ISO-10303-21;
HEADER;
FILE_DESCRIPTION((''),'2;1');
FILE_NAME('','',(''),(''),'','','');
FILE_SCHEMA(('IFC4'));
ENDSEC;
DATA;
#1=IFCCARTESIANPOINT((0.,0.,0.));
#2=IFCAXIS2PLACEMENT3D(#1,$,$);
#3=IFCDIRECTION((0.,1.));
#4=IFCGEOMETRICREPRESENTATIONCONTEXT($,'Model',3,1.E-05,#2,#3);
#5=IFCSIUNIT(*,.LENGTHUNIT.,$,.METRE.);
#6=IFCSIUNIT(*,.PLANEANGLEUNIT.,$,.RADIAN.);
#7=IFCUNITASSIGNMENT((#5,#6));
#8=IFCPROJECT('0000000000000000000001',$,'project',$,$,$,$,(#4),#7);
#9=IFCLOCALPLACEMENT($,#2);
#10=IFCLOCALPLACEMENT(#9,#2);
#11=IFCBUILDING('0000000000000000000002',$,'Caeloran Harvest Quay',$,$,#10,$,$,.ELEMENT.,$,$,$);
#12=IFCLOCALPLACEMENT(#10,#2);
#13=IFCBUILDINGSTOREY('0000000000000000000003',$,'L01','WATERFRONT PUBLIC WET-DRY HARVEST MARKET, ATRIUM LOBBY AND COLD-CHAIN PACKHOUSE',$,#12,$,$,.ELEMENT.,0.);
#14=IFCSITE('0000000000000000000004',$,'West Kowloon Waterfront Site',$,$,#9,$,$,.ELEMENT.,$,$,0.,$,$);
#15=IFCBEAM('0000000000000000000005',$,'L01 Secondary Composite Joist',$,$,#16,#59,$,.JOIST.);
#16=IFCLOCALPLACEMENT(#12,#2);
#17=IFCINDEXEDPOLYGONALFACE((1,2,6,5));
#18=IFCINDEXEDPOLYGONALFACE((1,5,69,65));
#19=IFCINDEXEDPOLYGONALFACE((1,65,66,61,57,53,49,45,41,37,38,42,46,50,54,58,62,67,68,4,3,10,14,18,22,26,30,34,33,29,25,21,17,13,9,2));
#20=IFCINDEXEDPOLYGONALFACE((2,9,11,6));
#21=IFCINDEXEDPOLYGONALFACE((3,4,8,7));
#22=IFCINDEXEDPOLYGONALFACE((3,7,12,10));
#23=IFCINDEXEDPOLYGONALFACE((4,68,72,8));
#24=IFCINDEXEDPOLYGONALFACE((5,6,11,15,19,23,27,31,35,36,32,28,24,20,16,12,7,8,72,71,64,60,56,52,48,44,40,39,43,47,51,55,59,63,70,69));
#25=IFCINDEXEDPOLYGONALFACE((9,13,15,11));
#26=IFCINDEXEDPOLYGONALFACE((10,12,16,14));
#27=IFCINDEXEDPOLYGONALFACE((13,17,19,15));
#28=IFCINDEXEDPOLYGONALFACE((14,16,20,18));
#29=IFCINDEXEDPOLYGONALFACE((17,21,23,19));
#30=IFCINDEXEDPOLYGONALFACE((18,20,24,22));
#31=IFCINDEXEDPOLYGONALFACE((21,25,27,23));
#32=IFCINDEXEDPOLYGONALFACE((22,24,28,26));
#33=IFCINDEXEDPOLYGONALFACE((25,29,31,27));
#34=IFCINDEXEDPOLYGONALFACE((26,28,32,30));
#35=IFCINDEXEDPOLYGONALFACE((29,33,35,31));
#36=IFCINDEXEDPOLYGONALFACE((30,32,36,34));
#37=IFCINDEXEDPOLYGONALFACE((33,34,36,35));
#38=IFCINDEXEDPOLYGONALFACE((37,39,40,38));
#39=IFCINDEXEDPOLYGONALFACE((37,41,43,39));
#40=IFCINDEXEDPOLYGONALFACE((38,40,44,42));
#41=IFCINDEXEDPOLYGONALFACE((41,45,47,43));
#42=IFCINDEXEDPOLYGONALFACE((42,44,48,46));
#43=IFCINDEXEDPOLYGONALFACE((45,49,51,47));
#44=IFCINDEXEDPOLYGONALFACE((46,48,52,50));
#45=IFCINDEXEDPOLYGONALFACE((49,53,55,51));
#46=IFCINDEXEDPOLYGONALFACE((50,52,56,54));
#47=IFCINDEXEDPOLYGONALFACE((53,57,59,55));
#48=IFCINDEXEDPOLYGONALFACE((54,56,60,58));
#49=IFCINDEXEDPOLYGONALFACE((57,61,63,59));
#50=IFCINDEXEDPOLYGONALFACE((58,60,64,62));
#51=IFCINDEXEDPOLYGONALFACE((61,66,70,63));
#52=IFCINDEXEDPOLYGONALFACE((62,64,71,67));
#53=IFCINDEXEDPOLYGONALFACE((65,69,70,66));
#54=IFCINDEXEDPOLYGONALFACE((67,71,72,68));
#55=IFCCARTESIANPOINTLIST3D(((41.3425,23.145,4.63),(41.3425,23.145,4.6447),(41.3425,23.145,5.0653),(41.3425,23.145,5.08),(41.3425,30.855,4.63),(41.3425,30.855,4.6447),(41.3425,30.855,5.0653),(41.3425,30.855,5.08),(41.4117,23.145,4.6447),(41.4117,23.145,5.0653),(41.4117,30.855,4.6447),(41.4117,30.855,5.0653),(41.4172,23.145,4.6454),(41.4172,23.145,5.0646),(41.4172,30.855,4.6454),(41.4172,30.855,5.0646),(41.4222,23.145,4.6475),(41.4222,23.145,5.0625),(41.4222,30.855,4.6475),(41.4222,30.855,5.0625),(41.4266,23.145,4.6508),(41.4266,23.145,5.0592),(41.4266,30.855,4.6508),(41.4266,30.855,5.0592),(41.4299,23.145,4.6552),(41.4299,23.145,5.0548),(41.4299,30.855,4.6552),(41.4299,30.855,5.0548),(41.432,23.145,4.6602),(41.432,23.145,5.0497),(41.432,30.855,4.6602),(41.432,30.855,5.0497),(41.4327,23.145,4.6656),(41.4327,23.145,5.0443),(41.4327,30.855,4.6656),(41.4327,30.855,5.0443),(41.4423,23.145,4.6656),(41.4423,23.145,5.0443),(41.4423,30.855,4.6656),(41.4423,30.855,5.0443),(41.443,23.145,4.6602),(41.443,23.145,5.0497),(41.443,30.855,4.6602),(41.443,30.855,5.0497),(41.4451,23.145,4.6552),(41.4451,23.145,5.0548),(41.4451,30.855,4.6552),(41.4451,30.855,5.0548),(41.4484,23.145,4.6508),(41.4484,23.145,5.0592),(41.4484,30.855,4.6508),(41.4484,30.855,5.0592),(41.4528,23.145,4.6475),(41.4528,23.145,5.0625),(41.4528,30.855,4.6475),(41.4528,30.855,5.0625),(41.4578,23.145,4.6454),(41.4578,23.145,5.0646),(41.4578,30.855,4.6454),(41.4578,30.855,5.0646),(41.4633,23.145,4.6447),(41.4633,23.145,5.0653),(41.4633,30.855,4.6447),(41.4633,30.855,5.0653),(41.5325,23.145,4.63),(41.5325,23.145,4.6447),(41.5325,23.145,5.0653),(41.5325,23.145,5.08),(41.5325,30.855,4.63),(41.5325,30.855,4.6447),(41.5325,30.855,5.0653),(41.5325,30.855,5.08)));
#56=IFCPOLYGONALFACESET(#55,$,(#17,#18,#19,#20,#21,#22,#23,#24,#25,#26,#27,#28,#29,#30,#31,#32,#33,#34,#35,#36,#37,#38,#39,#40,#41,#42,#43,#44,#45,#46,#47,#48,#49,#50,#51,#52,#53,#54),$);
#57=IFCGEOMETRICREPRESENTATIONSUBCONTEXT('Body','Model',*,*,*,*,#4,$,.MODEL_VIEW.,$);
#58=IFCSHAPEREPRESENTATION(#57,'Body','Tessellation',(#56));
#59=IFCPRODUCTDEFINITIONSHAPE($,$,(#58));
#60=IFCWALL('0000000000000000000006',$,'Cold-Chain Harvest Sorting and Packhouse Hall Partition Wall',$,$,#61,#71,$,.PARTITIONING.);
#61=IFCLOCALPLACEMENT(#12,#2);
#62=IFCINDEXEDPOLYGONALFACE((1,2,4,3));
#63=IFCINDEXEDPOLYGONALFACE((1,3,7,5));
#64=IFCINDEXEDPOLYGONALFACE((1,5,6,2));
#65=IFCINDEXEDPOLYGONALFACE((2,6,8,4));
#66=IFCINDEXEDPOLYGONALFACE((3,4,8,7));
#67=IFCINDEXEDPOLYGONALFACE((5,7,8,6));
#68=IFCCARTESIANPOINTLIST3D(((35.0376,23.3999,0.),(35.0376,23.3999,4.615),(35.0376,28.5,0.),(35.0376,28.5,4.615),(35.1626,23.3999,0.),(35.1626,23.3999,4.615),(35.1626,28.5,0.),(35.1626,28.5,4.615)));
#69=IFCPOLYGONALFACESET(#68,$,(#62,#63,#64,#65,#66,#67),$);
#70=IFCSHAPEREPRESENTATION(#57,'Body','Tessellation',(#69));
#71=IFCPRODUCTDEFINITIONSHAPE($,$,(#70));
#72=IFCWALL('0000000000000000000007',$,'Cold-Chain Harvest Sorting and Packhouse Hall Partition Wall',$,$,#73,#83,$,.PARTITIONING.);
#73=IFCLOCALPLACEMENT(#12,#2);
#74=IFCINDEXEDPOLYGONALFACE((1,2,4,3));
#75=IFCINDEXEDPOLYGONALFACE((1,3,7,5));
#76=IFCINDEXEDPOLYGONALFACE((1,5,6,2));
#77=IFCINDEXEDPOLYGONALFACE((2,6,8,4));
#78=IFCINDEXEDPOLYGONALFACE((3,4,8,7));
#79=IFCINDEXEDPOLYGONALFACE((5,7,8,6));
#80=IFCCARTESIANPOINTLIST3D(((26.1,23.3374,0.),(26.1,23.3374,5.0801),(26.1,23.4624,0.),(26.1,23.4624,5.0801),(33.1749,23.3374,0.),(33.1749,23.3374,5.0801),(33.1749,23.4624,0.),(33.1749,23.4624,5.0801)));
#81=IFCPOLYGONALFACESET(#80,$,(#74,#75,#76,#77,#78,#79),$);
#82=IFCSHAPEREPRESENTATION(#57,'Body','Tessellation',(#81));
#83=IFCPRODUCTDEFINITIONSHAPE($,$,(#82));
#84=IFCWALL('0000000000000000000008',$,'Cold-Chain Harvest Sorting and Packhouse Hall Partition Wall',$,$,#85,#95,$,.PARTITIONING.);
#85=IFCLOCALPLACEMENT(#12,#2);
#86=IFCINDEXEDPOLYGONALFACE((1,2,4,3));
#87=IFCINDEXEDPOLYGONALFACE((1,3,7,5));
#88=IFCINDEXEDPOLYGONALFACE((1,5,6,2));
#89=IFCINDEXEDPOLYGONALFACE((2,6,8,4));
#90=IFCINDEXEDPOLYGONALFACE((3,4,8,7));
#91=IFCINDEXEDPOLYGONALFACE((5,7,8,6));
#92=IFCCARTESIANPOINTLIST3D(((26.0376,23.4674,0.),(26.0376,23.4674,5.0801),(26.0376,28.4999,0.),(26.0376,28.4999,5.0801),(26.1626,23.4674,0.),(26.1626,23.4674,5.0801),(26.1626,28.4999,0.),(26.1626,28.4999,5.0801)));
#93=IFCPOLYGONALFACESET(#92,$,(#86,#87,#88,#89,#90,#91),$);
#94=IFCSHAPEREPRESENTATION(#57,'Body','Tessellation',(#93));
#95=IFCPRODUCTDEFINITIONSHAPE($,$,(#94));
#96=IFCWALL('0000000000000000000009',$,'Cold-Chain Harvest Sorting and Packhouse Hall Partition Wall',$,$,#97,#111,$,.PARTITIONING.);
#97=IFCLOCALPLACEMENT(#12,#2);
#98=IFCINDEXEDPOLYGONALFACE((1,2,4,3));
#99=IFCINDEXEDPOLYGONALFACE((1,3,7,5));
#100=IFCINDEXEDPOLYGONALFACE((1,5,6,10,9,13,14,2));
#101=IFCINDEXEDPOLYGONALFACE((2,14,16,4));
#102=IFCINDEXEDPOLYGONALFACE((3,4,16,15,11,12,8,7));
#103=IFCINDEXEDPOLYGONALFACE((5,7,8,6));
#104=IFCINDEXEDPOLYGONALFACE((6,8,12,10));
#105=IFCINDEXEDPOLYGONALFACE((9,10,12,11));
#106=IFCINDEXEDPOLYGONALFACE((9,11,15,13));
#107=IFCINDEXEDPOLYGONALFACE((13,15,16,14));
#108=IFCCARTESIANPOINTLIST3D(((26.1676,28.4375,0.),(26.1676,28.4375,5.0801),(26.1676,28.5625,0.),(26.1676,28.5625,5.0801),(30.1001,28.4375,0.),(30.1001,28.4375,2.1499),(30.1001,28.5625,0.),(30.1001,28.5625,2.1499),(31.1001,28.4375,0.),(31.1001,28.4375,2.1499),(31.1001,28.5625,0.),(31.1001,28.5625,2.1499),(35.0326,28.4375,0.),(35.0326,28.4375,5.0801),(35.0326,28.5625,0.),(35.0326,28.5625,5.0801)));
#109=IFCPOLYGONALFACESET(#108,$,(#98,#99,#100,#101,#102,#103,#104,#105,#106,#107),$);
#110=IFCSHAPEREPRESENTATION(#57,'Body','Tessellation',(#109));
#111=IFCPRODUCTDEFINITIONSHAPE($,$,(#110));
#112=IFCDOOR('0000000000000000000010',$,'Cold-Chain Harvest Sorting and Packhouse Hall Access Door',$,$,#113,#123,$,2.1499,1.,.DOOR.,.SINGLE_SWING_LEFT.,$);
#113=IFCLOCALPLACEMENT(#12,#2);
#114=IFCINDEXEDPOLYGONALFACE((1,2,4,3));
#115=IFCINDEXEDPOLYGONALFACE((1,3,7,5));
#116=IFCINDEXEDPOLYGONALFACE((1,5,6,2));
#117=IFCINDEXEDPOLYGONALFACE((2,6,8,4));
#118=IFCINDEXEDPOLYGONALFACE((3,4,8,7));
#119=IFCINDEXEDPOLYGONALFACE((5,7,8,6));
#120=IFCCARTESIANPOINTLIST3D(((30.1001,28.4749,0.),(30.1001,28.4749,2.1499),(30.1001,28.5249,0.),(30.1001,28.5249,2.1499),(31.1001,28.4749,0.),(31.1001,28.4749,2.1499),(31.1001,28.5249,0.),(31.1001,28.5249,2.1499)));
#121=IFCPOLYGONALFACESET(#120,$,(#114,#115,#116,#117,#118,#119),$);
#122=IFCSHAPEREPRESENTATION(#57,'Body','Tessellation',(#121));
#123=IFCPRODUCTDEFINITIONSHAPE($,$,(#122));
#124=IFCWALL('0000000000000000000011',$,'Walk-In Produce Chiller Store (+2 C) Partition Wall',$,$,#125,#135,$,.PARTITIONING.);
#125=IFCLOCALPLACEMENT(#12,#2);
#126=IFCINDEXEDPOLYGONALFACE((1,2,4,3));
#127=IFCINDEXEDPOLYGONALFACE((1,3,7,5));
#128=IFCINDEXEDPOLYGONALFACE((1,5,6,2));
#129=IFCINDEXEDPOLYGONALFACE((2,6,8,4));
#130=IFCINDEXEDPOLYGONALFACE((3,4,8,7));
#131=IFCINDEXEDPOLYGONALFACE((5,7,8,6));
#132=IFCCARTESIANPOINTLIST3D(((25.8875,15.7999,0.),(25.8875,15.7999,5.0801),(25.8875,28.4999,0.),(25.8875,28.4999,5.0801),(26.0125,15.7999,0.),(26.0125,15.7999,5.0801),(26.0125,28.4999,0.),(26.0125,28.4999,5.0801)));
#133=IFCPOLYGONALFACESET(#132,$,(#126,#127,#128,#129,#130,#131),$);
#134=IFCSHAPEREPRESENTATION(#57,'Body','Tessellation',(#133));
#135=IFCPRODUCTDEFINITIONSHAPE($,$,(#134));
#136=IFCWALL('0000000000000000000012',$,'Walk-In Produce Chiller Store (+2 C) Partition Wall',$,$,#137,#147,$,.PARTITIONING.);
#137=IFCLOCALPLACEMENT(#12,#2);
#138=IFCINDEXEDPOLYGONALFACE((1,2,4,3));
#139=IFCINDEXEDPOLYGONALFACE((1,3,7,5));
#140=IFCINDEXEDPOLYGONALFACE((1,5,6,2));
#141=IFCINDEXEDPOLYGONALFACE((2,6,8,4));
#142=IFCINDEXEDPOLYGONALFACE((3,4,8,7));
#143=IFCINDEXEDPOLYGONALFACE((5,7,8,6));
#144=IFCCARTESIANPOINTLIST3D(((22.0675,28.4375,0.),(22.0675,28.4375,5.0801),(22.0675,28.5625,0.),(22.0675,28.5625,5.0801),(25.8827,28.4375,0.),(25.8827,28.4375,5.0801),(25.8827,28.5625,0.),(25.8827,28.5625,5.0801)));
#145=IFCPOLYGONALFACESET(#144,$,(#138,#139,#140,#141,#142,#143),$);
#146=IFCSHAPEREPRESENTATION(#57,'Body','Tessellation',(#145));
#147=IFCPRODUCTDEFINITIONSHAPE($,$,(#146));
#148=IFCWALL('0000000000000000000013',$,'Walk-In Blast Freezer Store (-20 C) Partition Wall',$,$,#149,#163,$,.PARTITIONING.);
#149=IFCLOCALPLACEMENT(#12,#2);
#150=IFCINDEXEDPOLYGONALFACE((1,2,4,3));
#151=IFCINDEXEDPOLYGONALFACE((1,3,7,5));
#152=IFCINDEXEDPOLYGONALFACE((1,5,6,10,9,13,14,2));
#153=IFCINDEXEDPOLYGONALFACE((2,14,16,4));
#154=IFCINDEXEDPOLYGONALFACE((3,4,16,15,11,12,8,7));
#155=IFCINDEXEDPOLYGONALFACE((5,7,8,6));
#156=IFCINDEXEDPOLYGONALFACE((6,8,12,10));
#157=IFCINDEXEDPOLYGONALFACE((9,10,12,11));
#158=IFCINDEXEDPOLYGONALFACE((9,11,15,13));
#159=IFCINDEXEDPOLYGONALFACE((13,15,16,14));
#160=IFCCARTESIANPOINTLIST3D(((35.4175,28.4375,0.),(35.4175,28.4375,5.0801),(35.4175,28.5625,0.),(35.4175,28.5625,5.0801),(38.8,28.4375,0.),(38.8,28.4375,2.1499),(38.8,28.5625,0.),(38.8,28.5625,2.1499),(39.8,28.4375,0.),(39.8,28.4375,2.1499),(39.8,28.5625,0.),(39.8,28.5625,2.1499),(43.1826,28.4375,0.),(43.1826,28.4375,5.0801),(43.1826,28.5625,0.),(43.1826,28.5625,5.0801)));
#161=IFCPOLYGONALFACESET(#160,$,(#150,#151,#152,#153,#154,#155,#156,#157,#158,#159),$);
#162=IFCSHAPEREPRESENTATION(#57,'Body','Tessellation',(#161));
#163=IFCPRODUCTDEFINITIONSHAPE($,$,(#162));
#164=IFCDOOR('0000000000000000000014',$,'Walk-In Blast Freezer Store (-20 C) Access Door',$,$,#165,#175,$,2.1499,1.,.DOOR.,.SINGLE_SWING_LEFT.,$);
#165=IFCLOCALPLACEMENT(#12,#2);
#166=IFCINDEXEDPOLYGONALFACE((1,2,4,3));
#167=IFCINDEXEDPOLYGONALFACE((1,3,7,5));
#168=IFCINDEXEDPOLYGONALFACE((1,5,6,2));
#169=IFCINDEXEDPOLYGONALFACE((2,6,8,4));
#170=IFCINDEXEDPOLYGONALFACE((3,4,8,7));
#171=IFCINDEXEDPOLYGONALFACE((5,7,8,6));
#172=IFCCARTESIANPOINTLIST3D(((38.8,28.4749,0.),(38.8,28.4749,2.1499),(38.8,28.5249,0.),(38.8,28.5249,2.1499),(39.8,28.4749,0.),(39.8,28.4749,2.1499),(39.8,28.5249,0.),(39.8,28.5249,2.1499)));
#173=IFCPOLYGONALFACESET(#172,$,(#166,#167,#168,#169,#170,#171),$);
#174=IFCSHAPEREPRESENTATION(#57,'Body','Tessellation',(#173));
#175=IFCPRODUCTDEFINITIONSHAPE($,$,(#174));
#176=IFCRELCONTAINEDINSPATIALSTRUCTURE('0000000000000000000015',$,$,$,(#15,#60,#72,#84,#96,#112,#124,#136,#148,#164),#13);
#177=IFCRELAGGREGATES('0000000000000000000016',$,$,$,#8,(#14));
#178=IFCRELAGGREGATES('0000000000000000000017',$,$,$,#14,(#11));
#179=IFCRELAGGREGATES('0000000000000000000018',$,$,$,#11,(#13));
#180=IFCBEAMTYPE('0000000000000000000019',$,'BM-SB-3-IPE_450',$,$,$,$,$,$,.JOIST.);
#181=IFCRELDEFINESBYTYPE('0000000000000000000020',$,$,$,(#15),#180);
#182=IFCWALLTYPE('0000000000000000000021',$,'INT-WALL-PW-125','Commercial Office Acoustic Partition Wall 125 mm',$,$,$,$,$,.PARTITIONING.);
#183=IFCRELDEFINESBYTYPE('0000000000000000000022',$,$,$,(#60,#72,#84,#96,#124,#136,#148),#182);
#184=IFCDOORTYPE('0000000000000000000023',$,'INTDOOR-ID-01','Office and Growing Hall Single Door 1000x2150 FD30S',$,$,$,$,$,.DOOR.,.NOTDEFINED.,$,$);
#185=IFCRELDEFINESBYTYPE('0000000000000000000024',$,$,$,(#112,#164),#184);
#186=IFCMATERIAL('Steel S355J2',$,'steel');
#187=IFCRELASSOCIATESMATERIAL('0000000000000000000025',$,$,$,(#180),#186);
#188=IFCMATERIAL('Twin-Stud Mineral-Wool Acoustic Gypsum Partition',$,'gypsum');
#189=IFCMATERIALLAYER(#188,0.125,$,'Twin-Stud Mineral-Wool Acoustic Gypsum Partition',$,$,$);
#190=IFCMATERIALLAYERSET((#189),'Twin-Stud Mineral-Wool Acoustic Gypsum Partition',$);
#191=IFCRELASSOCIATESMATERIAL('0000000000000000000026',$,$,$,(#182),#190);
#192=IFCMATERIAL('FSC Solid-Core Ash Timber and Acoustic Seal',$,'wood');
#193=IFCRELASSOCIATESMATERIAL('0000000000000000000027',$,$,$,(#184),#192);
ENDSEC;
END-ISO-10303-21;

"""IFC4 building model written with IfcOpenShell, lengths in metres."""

from ifc_helpers import new_model, si_unit, direction, frame, frame_2d, origin, origin_2d, place, context, subcontext, project, spatial, rectangle, i_section, extrude, material, layer, layer_set, material_profile, profile_set, type_object, element, fill, save


model = new_model("IFC4")

# Units and contexts
model_context = context("Model", 3, precision=1e-05, world=origin(), true_north=direction((0.0, 1.0)))
body_context = subcontext(model_context, "Body", "Model", "MODEL_VIEW")
ifc_project = project(units=[si_unit("LENGTHUNIT", "METRE"), si_unit("PLANEANGLEUNIT", "RADIAN")], contexts=[model_context])

# Site, building, storey
site_placement = place(None, origin())
site = spatial("IfcSite", under=ifc_project, at=site_placement, Name="West Kowloon Waterfront Site", CompositionType="ELEMENT", RefElevation=0.0)
building_placement = place(site_placement, origin())
building = spatial("IfcBuilding", under=site, at=building_placement, Name="Caeloran Harvest Quay", CompositionType="ELEMENT")
storey_placement = place(building_placement, origin())
storey = spatial("IfcBuildingStorey", under=building, at=storey_placement, Name="L01", Description="WATERFRONT PUBLIC WET-DRY HARVEST MARKET, ATRIUM LOBBY AND COLD-CHAIN PACKHOUSE", CompositionType="ELEMENT", Elevation=0.0)

# Beam
ifc_material_1 = material(Name="Steel S355J2", Category="steel")
ifc_material_profile_1 = material_profile(ifc_material_1, i_section(OverallWidth=0.1899, OverallDepth=0.45, WebThickness=0.0095, FlangeThickness=0.0146, FilletRadius=0.021, at=origin_2d()), Name="IPE 450")
ifc_profile_set_1 = profile_set([ifc_material_profile_1], Name="Steel S355J2")
beam_type_1 = type_object("IfcBeamType", Name="BM-SB-3-IPE_450", PredefinedType="JOIST", material=ifc_profile_set_1)
for number, where, z_axis, x_axis, name in (
    (1, (41.4375, 23.145, 4.855), (0.0, 1.0, 0.0), (-1.0, 0.0, 0.0), "L01 Secondary Composite Joist"),
):
    element("IfcBeam", number, at=place(storey_placement, frame(where, z_axis=z_axis, x_axis=x_axis)), inside=storey, type_object=beam_type_1, Name=name, PredefinedType="JOIST", context=body_context, shape_type="SweptSolid", body=[
        extrude(i_section(OverallWidth=0.1899, OverallDepth=0.45, WebThickness=0.0095, FlangeThickness=0.0146, FilletRadius=0.021, at=origin_2d()), origin(), (0.0, 0.0, 1.0), 7.71),
    ])

# Walls
ifc_material_2 = material(Name="Twin-Stud Mineral-Wool Acoustic Gypsum Partition", Category="gypsum")
ifc_layer = layer(ifc_material_2, 0.125, Name="Twin-Stud Mineral-Wool Acoustic Gypsum Partition")
ifc_layer_set = layer_set([ifc_layer], Name="Twin-Stud Mineral-Wool Acoustic Gypsum Partition")
wall_type = type_object("IfcWallType", Name="INT-WALL-PW-125", Description="Commercial Office Acoustic Partition Wall 125 mm", PredefinedType="PARTITIONING", material=ifc_layer_set)
wall_1_placement = place(storey_placement, frame((35.1001, 28.5, 0.0), z_axis=(0.0, 0.0, 1.0), x_axis=(0.0, -1.0, 0.0)))
element("IfcWall", 2, at=wall_1_placement, inside=storey, type_object=wall_type, Name="Cold-Chain Harvest Sorting and Packhouse Hall Partition Wall", PredefinedType="PARTITIONING", context=body_context, shape_type="SweptSolid", body=[
    extrude(rectangle(XDim=5.1001, YDim=0.125, at=frame_2d((2.55, 0.0))), origin(), (0.0, 0.0, 1.0), 4.615),
])
wall_2_placement = place(storey_placement, frame((33.175, 23.3999, 0.0), z_axis=(0.0, 0.0, 1.0), x_axis=(-1.0, 0.0, 0.0)))
element("IfcWall", 3, at=wall_2_placement, inside=storey, type_object=wall_type, Name="Cold-Chain Harvest Sorting and Packhouse Hall Partition Wall", PredefinedType="PARTITIONING", context=body_context, shape_type="SweptSolid", body=[
    extrude(rectangle(XDim=7.075, YDim=0.125, at=frame_2d((3.5376, 0.0))), origin(), (0.0, 0.0, 1.0), 5.0801),
])
wall_3_placement = place(storey_placement, frame((26.1001, 23.4675, 0.0), z_axis=(0.0, 0.0, 1.0), x_axis=(0.0, 1.0, 0.0)))
element("IfcWall", 4, at=wall_3_placement, inside=storey, type_object=wall_type, Name="Cold-Chain Harvest Sorting and Packhouse Hall Partition Wall", PredefinedType="PARTITIONING", context=body_context, shape_type="SweptSolid", body=[
    extrude(rectangle(XDim=5.0325, YDim=0.125, at=frame_2d((2.5161, 0.0))), origin(), (0.0, 0.0, 1.0), 5.0801),
])

# Wall, opening, door
wall_4_placement = place(storey_placement, frame((26.1675, 28.5, 0.0), z_axis=(0.0, 0.0, 1.0), x_axis=(1.0, 0.0, 0.0)))
wall_4 = element("IfcWall", 5, at=wall_4_placement, inside=storey, type_object=wall_type, Name="Cold-Chain Harvest Sorting and Packhouse Hall Partition Wall", PredefinedType="PARTITIONING", context=body_context, shape_type="SweptSolid", body=[
    extrude(rectangle(XDim=8.865, YDim=0.125, at=frame_2d((4.4326, 0.0))), origin(), (0.0, 0.0, 1.0), 5.0801),
])
opening_1_placement = place(wall_4_placement, frame((3.9326, 0.0, 0.0)))
opening_1 = element("IfcOpeningElement", 6, at=opening_1_placement, cuts=wall_4, PredefinedType="OPENING", context=body_context, shape_type="SweptSolid", body=[
    extrude(rectangle(XDim=1.0, YDim=2.1499, at=frame_2d((0.5, 1.075))), frame((0.0, 0.0725, 0.0), z_axis=(0.0, -1.0, 0.0), x_axis=(1.0, 0.0, 0.0)), (0.0, 0.0, 1.0), 0.145),
])
ifc_material_3 = material(Name="FSC Solid-Core Ash Timber and Acoustic Seal", Category="wood")
door_type = type_object("IfcDoorType", Name="INTDOOR-ID-01", Description="Office and Growing Hall Single Door 1000x2150 FD30S", OperationType="NOTDEFINED", PredefinedType="DOOR", material=ifc_material_3)
door_1_placement = place(opening_1_placement, origin())
door_1 = element("IfcDoor", 7, at=door_1_placement, inside=storey, type_object=door_type, Name="Cold-Chain Harvest Sorting and Packhouse Hall Access Door", OperationType="SINGLE_SWING_LEFT", OverallHeight=2.1499, OverallWidth=1.0, PredefinedType="DOOR", context=body_context, shape_type="SweptSolid", body=[
    extrude(rectangle(XDim=1.0, YDim=2.1499, at=frame_2d((0.5, 1.075))), frame((0.0, 0.0249, 0.0), z_axis=(0.0, -1.0, 0.0), x_axis=(1.0, 0.0, 0.0)), (0.0, 0.0, 1.0), 0.05),
])
fill(opening_1, door_1)

# Walls
wall_5_placement = place(storey_placement, frame((25.95, 28.5, 0.0), z_axis=(0.0, 0.0, 1.0), x_axis=(0.0, -1.0, 0.0)))
element("IfcWall", 8, at=wall_5_placement, inside=storey, type_object=wall_type, Name="Walk-In Produce Chiller Store (+2 C) Partition Wall", PredefinedType="PARTITIONING", context=body_context, shape_type="SweptSolid", body=[
    extrude(rectangle(XDim=12.7, YDim=0.125, at=frame_2d((6.3501, 0.0))), origin(), (0.0, 0.0, 1.0), 5.0801),
])
wall_6_placement = place(storey_placement, frame((22.0674, 28.5, 0.0), z_axis=(0.0, 0.0, 1.0), x_axis=(1.0, 0.0, 0.0)))
element("IfcWall", 9, at=wall_6_placement, inside=storey, type_object=wall_type, Name="Walk-In Produce Chiller Store (+2 C) Partition Wall", PredefinedType="PARTITIONING", context=body_context, shape_type="SweptSolid", body=[
    extrude(rectangle(XDim=3.8152, YDim=0.125, at=frame_2d((1.9077, 0.0))), origin(), (0.0, 0.0, 1.0), 5.0801),
])

# Wall, opening, door
wall_7_placement = place(storey_placement, frame((35.4175, 28.5, 0.0), z_axis=(0.0, 0.0, 1.0), x_axis=(1.0, 0.0, 0.0)))
wall_7 = element("IfcWall", 10, at=wall_7_placement, inside=storey, type_object=wall_type, Name="Walk-In Blast Freezer Store (-20 C) Partition Wall", PredefinedType="PARTITIONING", context=body_context, shape_type="SweptSolid", body=[
    extrude(rectangle(XDim=7.7651, YDim=0.125, at=frame_2d((3.8826, 0.0))), origin(), (0.0, 0.0, 1.0), 5.0801),
])
opening_2_placement = place(wall_7_placement, frame((3.3826, 0.0, 0.0)))
opening_2 = element("IfcOpeningElement", 11, at=opening_2_placement, cuts=wall_7, PredefinedType="OPENING", context=body_context, shape_type="SweptSolid", body=[
    extrude(rectangle(XDim=1.0, YDim=2.1499, at=frame_2d((0.5, 1.075))), frame((0.0, 0.0725, 0.0), z_axis=(0.0, -1.0, 0.0), x_axis=(1.0, 0.0, 0.0)), (0.0, 0.0, 1.0), 0.145),
])
door_2_placement = place(opening_2_placement, origin())
door_2 = element("IfcDoor", 12, at=door_2_placement, inside=storey, type_object=door_type, Name="Walk-In Blast Freezer Store (-20 C) Access Door", OperationType="SINGLE_SWING_LEFT", OverallHeight=2.1499, OverallWidth=1.0, PredefinedType="DOOR", context=body_context, shape_type="SweptSolid", body=[
    extrude(rectangle(XDim=1.0, YDim=2.1499, at=frame_2d((0.5, 1.075))), frame((0.0, 0.0249, 0.0), z_axis=(0.0, -1.0, 0.0), x_axis=(1.0, 0.0, 0.0)), (0.0, 0.0, 1.0), 0.05),
])
fill(opening_2, door_2)

save(model, "model.ifc")
